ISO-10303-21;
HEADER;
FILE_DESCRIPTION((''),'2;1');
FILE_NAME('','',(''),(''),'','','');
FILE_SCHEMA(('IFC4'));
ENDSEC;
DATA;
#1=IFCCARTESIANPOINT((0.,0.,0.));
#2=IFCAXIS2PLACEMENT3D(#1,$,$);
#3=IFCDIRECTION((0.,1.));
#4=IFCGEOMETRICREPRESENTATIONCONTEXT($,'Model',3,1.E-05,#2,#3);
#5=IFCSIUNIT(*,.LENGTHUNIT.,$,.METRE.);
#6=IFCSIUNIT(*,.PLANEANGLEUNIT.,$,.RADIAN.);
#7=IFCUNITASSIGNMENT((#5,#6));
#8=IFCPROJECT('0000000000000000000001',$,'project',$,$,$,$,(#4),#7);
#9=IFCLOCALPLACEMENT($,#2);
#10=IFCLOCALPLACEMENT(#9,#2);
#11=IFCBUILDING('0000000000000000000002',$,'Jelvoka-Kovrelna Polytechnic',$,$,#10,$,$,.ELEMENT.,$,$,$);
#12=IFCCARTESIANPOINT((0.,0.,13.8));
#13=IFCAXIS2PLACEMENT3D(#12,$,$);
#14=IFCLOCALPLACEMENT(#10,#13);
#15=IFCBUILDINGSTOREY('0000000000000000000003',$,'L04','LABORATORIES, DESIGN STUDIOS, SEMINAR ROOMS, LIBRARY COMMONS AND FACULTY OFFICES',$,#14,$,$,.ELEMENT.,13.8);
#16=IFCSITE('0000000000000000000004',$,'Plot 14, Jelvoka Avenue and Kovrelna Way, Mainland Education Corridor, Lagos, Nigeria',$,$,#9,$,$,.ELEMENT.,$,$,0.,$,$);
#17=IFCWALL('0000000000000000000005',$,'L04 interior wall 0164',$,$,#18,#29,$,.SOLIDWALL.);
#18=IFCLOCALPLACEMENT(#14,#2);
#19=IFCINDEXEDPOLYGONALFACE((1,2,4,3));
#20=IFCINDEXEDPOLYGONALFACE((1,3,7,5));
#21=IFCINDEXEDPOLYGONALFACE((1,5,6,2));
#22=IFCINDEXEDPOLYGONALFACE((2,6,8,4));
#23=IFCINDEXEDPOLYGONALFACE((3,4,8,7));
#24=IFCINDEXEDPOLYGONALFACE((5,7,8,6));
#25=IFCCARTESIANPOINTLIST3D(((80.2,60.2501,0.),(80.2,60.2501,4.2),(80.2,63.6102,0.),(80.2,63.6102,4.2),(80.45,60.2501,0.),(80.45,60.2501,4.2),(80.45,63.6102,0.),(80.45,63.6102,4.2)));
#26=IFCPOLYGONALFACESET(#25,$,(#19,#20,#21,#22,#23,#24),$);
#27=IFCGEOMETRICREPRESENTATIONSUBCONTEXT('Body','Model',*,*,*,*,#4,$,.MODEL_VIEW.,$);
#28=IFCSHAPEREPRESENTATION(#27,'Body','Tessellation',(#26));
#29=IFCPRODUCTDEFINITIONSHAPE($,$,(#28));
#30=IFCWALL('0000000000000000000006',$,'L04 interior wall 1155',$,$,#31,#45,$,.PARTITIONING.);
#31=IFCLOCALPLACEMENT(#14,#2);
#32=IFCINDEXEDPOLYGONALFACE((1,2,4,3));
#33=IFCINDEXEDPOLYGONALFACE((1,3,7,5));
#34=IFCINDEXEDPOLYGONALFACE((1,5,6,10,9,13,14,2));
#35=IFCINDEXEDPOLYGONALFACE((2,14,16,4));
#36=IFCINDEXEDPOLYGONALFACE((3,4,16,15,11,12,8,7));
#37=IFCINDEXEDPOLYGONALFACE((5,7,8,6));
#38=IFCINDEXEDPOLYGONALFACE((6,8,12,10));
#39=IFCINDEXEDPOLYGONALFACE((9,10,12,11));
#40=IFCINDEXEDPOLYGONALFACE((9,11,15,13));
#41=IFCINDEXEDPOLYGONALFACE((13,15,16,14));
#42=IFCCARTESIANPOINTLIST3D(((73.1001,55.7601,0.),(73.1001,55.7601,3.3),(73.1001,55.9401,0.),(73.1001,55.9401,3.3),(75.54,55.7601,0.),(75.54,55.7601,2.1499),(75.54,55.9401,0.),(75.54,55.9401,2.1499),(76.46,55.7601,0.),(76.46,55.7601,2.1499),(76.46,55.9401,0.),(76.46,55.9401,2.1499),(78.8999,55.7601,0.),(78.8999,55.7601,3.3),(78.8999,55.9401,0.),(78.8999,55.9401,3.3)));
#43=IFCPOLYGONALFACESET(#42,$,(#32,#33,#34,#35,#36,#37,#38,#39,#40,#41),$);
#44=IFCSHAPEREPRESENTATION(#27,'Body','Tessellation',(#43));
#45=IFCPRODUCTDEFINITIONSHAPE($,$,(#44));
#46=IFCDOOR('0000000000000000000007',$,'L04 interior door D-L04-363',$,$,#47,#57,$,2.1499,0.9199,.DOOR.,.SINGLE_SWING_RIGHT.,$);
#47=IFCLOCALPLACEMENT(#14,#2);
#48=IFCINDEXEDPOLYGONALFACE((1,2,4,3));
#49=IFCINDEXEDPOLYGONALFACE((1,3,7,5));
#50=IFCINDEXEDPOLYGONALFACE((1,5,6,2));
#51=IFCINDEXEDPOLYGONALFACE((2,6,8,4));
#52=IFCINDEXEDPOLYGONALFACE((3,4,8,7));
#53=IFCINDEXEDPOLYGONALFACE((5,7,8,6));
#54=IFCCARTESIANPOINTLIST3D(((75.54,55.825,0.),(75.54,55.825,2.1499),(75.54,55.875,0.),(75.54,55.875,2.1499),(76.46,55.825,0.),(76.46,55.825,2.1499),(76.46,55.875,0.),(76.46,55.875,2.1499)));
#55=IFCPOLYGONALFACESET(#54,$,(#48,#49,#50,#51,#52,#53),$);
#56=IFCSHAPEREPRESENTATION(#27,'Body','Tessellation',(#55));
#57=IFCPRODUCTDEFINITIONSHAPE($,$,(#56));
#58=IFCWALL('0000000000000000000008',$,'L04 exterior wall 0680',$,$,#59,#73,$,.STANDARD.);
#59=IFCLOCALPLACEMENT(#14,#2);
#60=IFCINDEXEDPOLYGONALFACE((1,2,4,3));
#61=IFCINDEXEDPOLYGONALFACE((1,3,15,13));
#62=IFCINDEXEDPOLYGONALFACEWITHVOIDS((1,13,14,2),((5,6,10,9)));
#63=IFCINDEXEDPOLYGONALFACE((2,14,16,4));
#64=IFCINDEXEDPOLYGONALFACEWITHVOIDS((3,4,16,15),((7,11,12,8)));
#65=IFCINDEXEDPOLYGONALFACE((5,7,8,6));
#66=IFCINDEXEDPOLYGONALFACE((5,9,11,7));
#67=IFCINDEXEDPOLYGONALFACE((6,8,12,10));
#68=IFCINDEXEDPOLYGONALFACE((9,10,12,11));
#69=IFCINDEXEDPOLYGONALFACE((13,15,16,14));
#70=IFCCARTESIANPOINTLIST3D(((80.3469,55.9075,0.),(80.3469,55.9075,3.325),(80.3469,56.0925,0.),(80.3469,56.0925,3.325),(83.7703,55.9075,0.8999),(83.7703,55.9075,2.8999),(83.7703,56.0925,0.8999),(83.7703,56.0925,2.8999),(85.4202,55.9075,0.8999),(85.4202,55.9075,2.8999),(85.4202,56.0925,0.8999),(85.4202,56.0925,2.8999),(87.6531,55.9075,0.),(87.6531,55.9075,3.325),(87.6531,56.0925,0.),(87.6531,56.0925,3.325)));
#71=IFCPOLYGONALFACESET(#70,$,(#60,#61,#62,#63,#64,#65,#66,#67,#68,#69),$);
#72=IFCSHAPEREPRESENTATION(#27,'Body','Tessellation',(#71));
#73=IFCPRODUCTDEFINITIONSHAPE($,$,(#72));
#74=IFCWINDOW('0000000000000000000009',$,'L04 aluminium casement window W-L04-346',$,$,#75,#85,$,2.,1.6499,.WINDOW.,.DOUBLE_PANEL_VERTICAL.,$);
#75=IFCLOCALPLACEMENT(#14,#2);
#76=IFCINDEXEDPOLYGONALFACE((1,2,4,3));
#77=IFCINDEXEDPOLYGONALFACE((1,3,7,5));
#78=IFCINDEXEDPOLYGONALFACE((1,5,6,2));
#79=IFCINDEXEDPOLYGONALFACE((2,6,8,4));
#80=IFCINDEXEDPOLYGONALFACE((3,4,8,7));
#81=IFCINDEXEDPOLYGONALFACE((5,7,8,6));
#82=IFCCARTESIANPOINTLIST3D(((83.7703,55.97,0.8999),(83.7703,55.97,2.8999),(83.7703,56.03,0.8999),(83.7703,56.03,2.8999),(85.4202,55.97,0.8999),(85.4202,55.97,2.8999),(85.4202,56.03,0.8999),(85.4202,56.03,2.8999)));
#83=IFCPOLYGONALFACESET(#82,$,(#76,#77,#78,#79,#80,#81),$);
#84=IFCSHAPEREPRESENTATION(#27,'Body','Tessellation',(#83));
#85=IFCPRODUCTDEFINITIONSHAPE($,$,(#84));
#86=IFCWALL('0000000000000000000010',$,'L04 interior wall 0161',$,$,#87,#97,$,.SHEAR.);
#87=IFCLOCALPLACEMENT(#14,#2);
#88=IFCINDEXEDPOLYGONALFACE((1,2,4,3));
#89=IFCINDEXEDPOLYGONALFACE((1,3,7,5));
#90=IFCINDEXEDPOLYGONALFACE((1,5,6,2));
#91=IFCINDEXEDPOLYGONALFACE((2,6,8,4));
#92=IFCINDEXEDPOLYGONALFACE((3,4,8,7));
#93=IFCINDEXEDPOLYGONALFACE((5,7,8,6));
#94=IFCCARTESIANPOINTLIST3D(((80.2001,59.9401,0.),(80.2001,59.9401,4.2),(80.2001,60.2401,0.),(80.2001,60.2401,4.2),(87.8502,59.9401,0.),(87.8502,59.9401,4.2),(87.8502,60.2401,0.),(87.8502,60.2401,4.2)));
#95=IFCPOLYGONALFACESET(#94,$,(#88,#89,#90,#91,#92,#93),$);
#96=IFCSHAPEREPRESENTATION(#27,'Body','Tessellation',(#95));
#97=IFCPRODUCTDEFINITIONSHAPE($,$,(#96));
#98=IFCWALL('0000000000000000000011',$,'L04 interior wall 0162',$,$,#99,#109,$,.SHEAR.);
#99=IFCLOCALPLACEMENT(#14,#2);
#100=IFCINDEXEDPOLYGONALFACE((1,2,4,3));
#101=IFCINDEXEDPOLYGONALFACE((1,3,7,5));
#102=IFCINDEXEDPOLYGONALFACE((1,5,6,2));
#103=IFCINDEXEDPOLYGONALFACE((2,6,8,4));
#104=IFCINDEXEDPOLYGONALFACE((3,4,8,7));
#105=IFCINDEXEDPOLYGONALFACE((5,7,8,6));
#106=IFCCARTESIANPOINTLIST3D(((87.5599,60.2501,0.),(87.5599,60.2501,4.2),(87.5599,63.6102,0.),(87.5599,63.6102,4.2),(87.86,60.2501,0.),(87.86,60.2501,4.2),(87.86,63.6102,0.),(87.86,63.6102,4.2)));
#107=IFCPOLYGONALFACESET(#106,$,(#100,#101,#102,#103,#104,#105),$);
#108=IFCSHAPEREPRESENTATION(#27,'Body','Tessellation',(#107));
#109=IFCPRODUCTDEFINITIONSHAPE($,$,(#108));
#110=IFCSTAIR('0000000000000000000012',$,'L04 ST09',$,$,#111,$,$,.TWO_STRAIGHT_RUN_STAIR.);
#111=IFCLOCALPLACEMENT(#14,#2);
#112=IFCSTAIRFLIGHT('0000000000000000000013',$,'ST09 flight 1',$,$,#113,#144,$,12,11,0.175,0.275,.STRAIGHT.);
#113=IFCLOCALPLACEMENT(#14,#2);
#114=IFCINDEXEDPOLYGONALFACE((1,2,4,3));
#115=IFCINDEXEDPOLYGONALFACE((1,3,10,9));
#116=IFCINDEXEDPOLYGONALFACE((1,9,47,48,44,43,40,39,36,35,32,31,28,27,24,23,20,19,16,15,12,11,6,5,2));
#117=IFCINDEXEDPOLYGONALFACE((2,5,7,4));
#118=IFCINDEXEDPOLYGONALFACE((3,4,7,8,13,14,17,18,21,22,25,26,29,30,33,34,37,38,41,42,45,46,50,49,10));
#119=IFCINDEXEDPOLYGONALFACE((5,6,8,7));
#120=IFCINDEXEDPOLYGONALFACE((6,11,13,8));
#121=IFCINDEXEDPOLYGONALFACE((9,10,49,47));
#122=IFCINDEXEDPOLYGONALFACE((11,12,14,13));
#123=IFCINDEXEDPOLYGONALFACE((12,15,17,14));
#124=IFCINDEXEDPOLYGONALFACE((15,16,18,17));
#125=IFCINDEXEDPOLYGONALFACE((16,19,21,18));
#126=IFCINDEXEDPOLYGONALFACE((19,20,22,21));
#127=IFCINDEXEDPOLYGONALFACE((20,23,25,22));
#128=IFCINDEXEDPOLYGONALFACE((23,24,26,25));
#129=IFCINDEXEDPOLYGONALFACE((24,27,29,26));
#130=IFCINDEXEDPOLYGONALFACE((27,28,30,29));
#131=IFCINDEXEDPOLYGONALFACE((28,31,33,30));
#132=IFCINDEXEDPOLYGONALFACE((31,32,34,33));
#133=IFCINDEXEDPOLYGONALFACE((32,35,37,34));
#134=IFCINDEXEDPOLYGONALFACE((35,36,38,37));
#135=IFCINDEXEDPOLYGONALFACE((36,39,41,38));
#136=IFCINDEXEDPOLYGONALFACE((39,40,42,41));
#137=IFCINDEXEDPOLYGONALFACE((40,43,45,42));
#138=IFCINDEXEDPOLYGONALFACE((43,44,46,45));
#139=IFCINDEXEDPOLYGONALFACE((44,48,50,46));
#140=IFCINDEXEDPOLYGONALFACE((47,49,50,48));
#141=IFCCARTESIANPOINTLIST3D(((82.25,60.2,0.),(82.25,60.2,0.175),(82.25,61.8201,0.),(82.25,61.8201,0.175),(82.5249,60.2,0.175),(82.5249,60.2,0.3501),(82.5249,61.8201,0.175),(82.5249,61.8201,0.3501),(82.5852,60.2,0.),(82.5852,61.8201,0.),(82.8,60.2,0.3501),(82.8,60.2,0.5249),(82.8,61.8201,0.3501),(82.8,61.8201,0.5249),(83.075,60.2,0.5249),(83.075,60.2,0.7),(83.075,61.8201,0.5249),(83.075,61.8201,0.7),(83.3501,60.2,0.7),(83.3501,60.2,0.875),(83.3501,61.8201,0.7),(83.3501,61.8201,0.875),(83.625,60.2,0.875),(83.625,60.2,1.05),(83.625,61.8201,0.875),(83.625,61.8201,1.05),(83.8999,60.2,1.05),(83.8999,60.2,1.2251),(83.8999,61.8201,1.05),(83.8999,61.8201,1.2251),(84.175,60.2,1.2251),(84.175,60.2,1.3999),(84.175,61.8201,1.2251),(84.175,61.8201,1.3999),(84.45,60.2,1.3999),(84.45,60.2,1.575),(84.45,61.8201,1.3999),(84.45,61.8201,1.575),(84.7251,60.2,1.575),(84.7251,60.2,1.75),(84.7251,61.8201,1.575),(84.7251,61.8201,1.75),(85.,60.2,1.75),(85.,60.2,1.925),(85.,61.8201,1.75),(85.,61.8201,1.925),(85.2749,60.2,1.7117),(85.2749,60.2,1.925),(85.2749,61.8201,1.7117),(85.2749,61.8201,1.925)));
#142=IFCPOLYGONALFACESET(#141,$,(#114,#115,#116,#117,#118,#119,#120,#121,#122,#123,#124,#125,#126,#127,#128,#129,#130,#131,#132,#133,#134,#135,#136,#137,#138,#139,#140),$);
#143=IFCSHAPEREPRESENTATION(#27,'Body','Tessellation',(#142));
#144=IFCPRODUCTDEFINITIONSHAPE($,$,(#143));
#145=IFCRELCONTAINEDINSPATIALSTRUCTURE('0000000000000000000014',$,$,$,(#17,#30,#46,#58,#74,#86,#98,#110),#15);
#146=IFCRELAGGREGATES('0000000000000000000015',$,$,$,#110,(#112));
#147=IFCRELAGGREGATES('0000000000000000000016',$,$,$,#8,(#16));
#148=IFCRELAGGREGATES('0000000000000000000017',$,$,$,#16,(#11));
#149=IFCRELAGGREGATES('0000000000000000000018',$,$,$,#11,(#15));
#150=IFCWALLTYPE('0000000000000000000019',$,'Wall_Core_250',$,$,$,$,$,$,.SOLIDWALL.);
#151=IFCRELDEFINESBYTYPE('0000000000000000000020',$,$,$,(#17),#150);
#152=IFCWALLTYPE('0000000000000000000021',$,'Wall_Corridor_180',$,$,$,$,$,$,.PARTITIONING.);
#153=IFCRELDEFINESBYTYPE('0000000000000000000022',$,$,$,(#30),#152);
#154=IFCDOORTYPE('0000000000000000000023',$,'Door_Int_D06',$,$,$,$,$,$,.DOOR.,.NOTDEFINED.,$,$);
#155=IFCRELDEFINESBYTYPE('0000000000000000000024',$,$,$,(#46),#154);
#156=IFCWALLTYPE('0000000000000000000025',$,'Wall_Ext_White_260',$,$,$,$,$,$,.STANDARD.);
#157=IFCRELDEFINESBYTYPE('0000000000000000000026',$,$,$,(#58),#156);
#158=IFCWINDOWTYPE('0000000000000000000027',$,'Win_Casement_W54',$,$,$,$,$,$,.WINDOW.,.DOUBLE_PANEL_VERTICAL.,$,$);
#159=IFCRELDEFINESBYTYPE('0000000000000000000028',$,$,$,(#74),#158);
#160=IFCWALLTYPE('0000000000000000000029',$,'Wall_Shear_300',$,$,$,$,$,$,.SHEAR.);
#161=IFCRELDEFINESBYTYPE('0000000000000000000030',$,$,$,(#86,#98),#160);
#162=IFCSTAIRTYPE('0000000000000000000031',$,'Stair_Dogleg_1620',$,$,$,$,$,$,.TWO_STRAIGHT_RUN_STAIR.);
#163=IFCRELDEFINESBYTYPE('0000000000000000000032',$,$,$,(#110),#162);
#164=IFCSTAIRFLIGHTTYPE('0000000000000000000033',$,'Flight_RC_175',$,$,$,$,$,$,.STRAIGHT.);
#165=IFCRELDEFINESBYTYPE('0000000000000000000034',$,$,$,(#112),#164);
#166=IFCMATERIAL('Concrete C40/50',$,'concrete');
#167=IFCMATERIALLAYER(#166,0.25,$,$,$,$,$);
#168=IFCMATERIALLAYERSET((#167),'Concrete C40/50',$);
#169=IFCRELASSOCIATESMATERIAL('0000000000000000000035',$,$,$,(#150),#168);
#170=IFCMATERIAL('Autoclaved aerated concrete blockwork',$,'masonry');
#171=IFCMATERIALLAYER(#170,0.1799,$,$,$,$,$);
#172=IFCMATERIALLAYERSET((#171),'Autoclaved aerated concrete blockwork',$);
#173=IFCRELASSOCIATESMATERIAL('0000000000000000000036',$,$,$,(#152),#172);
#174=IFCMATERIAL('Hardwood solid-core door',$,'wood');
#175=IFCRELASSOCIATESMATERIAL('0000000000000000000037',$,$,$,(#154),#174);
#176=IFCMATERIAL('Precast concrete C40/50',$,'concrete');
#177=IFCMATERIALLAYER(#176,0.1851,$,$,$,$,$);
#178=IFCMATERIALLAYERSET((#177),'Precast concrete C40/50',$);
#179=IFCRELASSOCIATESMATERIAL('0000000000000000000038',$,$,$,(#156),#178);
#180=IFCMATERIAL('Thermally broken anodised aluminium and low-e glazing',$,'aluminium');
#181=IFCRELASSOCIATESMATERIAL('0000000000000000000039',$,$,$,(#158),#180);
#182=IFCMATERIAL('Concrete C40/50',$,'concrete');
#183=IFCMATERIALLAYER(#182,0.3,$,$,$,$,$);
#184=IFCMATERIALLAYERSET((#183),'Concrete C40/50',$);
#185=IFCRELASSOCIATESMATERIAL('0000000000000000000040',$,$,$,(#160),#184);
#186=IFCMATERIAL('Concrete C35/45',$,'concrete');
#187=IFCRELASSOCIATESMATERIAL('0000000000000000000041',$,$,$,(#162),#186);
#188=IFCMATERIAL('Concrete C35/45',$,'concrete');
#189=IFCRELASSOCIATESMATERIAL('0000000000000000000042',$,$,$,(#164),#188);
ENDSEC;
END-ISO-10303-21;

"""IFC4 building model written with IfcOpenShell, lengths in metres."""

from ifc_helpers import new_model, si_unit, direction, frame, frame_2d, origin, place, context, subcontext, project, spatial, polyline, rectangle, outline, extrude, material, layer, layer_set, type_object, element, fill, aggregate, save


model = new_model("IFC4")

# Units and contexts
model_context = context("Model", 3, precision=1e-05, world=origin(), true_north=direction((0.0, 1.0)))
body_context = subcontext(model_context, "Body", "Model", "MODEL_VIEW")
ifc_project = project(units=[si_unit("LENGTHUNIT", "METRE"), si_unit("PLANEANGLEUNIT", "RADIAN")], contexts=[model_context])

# Site, building, storey
site_placement = place(None, origin())
site = spatial("IfcSite", under=ifc_project, at=site_placement, Name="Plot 14, Jelvoka Avenue and Kovrelna Way, Mainland Education Corridor, Lagos, Nigeria", CompositionType="ELEMENT", RefElevation=0.0)
building_placement = place(site_placement, origin())
building = spatial("IfcBuilding", under=site, at=building_placement, Name="Jelvoka-Kovrelna Polytechnic", CompositionType="ELEMENT")
storey_placement = place(building_placement, frame((0.0, 0.0, 13.8)))
storey = spatial("IfcBuildingStorey", under=building, at=storey_placement, Name="L04", Description="LABORATORIES, DESIGN STUDIOS, SEMINAR ROOMS, LIBRARY COMMONS AND FACULTY OFFICES", CompositionType="ELEMENT", Elevation=13.8)

# Wall
ifc_material_1 = material(Name="Concrete C40/50", Category="concrete")
ifc_layer_1 = layer(ifc_material_1, 0.25)
ifc_layer_set_1 = layer_set([ifc_layer_1], Name="Concrete C40/50")
wall_type_1 = type_object("IfcWallType", Name="Wall_Core_250", PredefinedType="SOLIDWALL", material=ifc_layer_set_1)
wall_1_placement = place(storey_placement, frame((80.325, 60.25, 0.0), z_axis=(0.0, 0.0, 1.0), x_axis=(0.0, 1.0, 0.0)))
element("IfcWall", 1, at=wall_1_placement, inside=storey, type_object=wall_type_1, Name="L04 interior wall 0164", PredefinedType="SOLIDWALL", context=body_context, shape_type="SweptSolid", body=[
    extrude(rectangle(XDim=3.3601, YDim=0.25, at=frame_2d((1.6802, 0.0))), origin(), (0.0, 0.0, 1.0), 4.2),
])

# Wall, opening, door
ifc_material_2 = material(Name="Autoclaved aerated concrete blockwork", Category="masonry")
ifc_layer_2 = layer(ifc_material_2, 0.1799)
ifc_layer_set_2 = layer_set([ifc_layer_2], Name="Autoclaved aerated concrete blockwork")
wall_type_2 = type_object("IfcWallType", Name="Wall_Corridor_180", PredefinedType="PARTITIONING", material=ifc_layer_set_2)
wall_2_placement = place(storey_placement, frame((73.1001, 55.8501, 0.0), z_axis=(0.0, 0.0, 1.0), x_axis=(1.0, 0.0, 0.0)))
wall_2 = element("IfcWall", 2, at=wall_2_placement, inside=storey, type_object=wall_type_2, Name="L04 interior wall 1155", PredefinedType="PARTITIONING", context=body_context, shape_type="SweptSolid", body=[
    extrude(rectangle(XDim=5.7998, YDim=0.1799, at=frame_2d((2.8999, 0.0))), origin(), (0.0, 0.0, 1.0), 3.3),
])
opening_1_placement = place(wall_2_placement, frame((2.4399, 0.0, 0.0)))
opening_1 = element("IfcOpeningElement", 3, at=opening_1_placement, cuts=wall_2, PredefinedType="OPENING", context=body_context, shape_type="SweptSolid", body=[
    extrude(rectangle(XDim=0.9199, YDim=2.1499, at=frame_2d((0.46, 1.075))), frame((0.0, 0.0999, 0.0), z_axis=(0.0, -1.0, 0.0), x_axis=(1.0, 0.0, 0.0)), (0.0, 0.0, 1.0), 0.2),
])
ifc_material_3 = material(Name="Hardwood solid-core door", Category="wood")
door_type = type_object("IfcDoorType", Name="Door_Int_D06", OperationType="NOTDEFINED", PredefinedType="DOOR", material=ifc_material_3)
door_placement = place(opening_1_placement, origin())
door = element("IfcDoor", 4, at=door_placement, inside=storey, type_object=door_type, Name="L04 interior door D-L04-363", OperationType="SINGLE_SWING_RIGHT", OverallHeight=2.1499, OverallWidth=0.9199, PredefinedType="DOOR", context=body_context, shape_type="SweptSolid", body=[
    extrude(rectangle(XDim=0.9199, YDim=2.1499, at=frame_2d((0.46, 1.075))), frame((0.0, 0.0249, 0.0), z_axis=(0.0, -1.0, 0.0), x_axis=(1.0, 0.0, 0.0)), (0.0, 0.0, 1.0), 0.05),
])
fill(opening_1, door)

# Wall, opening, window
ifc_material_4 = material(Name="Precast concrete C40/50", Category="concrete")
ifc_layer_3 = layer(ifc_material_4, 0.1851)
ifc_layer_set_3 = layer_set([ifc_layer_3], Name="Precast concrete C40/50")
wall_type_3 = type_object("IfcWallType", Name="Wall_Ext_White_260", PredefinedType="STANDARD", material=ifc_layer_set_3)
wall_3_placement = place(storey_placement, frame((87.6531, 56.0, 0.0), z_axis=(0.0, 0.0, 1.0), x_axis=(-1.0, 0.0, 0.0)))
wall_3 = element("IfcWall", 5, at=wall_3_placement, inside=storey, type_object=wall_type_3, Name="L04 exterior wall 0680", PredefinedType="STANDARD", context=body_context, shape_type="SweptSolid", body=[
    extrude(rectangle(XDim=7.3062, YDim=0.1851, at=frame_2d((3.6531, 0.0))), origin(), (0.0, 0.0, 1.0), 3.325),
])
opening_2_placement = place(wall_3_placement, frame((2.2329, 0.0, 0.8999)))
opening_2 = element("IfcOpeningElement", 6, at=opening_2_placement, cuts=wall_3, PredefinedType="OPENING", context=body_context, shape_type="SweptSolid", body=[
    extrude(rectangle(XDim=1.6499, YDim=2.0, at=frame_2d((0.825, 1.0))), frame((0.0, 0.1025, 0.0), z_axis=(0.0, -1.0, 0.0), x_axis=(1.0, 0.0, 0.0)), (0.0, 0.0, 1.0), 0.2051),
])
ifc_material_5 = material(Name="Thermally broken anodised aluminium and low-e glazing", Category="aluminium")
window_type = type_object("IfcWindowType", Name="Win_Casement_W54", PartitioningType="DOUBLE_PANEL_VERTICAL", PredefinedType="WINDOW", material=ifc_material_5)
window_placement = place(opening_2_placement, origin())
window = element("IfcWindow", 7, at=window_placement, inside=storey, type_object=window_type, Name="L04 aluminium casement window W-L04-346", OverallHeight=2.0, OverallWidth=1.6499, PartitioningType="DOUBLE_PANEL_VERTICAL", PredefinedType="WINDOW", context=body_context, shape_type="SweptSolid", body=[
    extrude(rectangle(XDim=1.6499, YDim=2.0, at=frame_2d((0.825, 1.0))), frame((0.0, 0.03, 0.0), z_axis=(0.0, -1.0, 0.0), x_axis=(1.0, 0.0, 0.0)), (0.0, 0.0, 1.0), 0.0601),
])
fill(opening_2, window)

# Walls
ifc_material_6 = material(Name="Concrete C40/50", Category="concrete")
ifc_layer_4 = layer(ifc_material_6, 0.3)
ifc_layer_set_4 = layer_set([ifc_layer_4], Name="Concrete C40/50")
wall_type_4 = type_object("IfcWallType", Name="Wall_Shear_300", PredefinedType="SHEAR", material=ifc_layer_set_4)
wall_4_placement = place(storey_placement, frame((80.2, 60.0901, 0.0), z_axis=(0.0, 0.0, 1.0), x_axis=(1.0, 0.0, 0.0)))
element("IfcWall", 8, at=wall_4_placement, inside=storey, type_object=wall_type_4, Name="L04 interior wall 0161", PredefinedType="SHEAR", context=body_context, shape_type="SweptSolid", body=[
    extrude(rectangle(XDim=7.6501, YDim=0.3, at=frame_2d((3.8252, 0.0))), origin(), (0.0, 0.0, 1.0), 4.2),
])
wall_5_placement = place(storey_placement, frame((87.71, 60.25, 0.0), z_axis=(0.0, 0.0, 1.0), x_axis=(0.0, 1.0, 0.0)))
element("IfcWall", 9, at=wall_5_placement, inside=storey, type_object=wall_type_4, Name="L04 interior wall 0162", PredefinedType="SHEAR", context=body_context, shape_type="SweptSolid", body=[
    extrude(rectangle(XDim=3.3601, YDim=0.3, at=frame_2d((1.6802, 0.0))), origin(), (0.0, 0.0, 1.0), 4.2),
])

# Stair, stair flight
ifc_material_7 = material(Name="Concrete C35/45", Category="concrete")
stair_type = type_object("IfcStairType", Name="Stair_Dogleg_1620", PredefinedType="TWO_STRAIGHT_RUN_STAIR", material=ifc_material_7)
stair_placement = place(storey_placement, origin())
stair = element("IfcStair", 10, at=stair_placement, inside=storey, type_object=stair_type, Name="L04 ST09", PredefinedType="TWO_STRAIGHT_RUN_STAIR")
ifc_material_8 = material(Name="Concrete C35/45", Category="concrete")
stair_flight_type = type_object("IfcStairFlightType", Name="Flight_RC_175", PredefinedType="STRAIGHT", material=ifc_material_8)
stair_flight_placement = place(storey_placement, frame((82.25, 61.01, 0.0), z_axis=(0.0, 0.0, 1.0), x_axis=(1.0, 0.0, 0.0)))
stair_flight = element("IfcStairFlight", 11, at=stair_flight_placement, type_object=stair_flight_type, Name="ST09 flight 1", NumberOfRisers=12, NumberOfTreads=11, PredefinedType="STRAIGHT", RiserHeight=0.175, TreadLength=0.275, context=body_context, shape_type="SweptSolid", body=[
    extrude(outline(polyline([(0.0, 0.0), (0.0, 0.175), (0.2749, 0.175), (0.2749, 0.3501), (0.55, 0.3501), (0.55, 0.5249), (0.825, 0.5249), (0.825, 0.7), (1.1001, 0.7), (1.1001, 0.875), (1.375, 0.875), (1.375, 1.05), (1.6499, 1.05), (1.6499, 1.2251), (1.925, 1.2251), (1.925, 1.3999), (2.2, 1.3999), (2.2, 1.575), (2.4751, 1.575), (2.4751, 1.75), (2.75, 1.75), (2.75, 1.925), (3.0249, 1.925), (3.0249, 2.1001), (3.0249, 1.7117), (0.3352, 0.0), (0.0, 0.0)])), frame((0.0, 0.8101, 0.0), z_axis=(0.0, -1.0, 0.0), x_axis=(1.0, 0.0, 0.0)), (0.0, 0.0, 1.0), 1.6201),
])
aggregate(stair, [stair_flight])

save(model, "model.ifc")
